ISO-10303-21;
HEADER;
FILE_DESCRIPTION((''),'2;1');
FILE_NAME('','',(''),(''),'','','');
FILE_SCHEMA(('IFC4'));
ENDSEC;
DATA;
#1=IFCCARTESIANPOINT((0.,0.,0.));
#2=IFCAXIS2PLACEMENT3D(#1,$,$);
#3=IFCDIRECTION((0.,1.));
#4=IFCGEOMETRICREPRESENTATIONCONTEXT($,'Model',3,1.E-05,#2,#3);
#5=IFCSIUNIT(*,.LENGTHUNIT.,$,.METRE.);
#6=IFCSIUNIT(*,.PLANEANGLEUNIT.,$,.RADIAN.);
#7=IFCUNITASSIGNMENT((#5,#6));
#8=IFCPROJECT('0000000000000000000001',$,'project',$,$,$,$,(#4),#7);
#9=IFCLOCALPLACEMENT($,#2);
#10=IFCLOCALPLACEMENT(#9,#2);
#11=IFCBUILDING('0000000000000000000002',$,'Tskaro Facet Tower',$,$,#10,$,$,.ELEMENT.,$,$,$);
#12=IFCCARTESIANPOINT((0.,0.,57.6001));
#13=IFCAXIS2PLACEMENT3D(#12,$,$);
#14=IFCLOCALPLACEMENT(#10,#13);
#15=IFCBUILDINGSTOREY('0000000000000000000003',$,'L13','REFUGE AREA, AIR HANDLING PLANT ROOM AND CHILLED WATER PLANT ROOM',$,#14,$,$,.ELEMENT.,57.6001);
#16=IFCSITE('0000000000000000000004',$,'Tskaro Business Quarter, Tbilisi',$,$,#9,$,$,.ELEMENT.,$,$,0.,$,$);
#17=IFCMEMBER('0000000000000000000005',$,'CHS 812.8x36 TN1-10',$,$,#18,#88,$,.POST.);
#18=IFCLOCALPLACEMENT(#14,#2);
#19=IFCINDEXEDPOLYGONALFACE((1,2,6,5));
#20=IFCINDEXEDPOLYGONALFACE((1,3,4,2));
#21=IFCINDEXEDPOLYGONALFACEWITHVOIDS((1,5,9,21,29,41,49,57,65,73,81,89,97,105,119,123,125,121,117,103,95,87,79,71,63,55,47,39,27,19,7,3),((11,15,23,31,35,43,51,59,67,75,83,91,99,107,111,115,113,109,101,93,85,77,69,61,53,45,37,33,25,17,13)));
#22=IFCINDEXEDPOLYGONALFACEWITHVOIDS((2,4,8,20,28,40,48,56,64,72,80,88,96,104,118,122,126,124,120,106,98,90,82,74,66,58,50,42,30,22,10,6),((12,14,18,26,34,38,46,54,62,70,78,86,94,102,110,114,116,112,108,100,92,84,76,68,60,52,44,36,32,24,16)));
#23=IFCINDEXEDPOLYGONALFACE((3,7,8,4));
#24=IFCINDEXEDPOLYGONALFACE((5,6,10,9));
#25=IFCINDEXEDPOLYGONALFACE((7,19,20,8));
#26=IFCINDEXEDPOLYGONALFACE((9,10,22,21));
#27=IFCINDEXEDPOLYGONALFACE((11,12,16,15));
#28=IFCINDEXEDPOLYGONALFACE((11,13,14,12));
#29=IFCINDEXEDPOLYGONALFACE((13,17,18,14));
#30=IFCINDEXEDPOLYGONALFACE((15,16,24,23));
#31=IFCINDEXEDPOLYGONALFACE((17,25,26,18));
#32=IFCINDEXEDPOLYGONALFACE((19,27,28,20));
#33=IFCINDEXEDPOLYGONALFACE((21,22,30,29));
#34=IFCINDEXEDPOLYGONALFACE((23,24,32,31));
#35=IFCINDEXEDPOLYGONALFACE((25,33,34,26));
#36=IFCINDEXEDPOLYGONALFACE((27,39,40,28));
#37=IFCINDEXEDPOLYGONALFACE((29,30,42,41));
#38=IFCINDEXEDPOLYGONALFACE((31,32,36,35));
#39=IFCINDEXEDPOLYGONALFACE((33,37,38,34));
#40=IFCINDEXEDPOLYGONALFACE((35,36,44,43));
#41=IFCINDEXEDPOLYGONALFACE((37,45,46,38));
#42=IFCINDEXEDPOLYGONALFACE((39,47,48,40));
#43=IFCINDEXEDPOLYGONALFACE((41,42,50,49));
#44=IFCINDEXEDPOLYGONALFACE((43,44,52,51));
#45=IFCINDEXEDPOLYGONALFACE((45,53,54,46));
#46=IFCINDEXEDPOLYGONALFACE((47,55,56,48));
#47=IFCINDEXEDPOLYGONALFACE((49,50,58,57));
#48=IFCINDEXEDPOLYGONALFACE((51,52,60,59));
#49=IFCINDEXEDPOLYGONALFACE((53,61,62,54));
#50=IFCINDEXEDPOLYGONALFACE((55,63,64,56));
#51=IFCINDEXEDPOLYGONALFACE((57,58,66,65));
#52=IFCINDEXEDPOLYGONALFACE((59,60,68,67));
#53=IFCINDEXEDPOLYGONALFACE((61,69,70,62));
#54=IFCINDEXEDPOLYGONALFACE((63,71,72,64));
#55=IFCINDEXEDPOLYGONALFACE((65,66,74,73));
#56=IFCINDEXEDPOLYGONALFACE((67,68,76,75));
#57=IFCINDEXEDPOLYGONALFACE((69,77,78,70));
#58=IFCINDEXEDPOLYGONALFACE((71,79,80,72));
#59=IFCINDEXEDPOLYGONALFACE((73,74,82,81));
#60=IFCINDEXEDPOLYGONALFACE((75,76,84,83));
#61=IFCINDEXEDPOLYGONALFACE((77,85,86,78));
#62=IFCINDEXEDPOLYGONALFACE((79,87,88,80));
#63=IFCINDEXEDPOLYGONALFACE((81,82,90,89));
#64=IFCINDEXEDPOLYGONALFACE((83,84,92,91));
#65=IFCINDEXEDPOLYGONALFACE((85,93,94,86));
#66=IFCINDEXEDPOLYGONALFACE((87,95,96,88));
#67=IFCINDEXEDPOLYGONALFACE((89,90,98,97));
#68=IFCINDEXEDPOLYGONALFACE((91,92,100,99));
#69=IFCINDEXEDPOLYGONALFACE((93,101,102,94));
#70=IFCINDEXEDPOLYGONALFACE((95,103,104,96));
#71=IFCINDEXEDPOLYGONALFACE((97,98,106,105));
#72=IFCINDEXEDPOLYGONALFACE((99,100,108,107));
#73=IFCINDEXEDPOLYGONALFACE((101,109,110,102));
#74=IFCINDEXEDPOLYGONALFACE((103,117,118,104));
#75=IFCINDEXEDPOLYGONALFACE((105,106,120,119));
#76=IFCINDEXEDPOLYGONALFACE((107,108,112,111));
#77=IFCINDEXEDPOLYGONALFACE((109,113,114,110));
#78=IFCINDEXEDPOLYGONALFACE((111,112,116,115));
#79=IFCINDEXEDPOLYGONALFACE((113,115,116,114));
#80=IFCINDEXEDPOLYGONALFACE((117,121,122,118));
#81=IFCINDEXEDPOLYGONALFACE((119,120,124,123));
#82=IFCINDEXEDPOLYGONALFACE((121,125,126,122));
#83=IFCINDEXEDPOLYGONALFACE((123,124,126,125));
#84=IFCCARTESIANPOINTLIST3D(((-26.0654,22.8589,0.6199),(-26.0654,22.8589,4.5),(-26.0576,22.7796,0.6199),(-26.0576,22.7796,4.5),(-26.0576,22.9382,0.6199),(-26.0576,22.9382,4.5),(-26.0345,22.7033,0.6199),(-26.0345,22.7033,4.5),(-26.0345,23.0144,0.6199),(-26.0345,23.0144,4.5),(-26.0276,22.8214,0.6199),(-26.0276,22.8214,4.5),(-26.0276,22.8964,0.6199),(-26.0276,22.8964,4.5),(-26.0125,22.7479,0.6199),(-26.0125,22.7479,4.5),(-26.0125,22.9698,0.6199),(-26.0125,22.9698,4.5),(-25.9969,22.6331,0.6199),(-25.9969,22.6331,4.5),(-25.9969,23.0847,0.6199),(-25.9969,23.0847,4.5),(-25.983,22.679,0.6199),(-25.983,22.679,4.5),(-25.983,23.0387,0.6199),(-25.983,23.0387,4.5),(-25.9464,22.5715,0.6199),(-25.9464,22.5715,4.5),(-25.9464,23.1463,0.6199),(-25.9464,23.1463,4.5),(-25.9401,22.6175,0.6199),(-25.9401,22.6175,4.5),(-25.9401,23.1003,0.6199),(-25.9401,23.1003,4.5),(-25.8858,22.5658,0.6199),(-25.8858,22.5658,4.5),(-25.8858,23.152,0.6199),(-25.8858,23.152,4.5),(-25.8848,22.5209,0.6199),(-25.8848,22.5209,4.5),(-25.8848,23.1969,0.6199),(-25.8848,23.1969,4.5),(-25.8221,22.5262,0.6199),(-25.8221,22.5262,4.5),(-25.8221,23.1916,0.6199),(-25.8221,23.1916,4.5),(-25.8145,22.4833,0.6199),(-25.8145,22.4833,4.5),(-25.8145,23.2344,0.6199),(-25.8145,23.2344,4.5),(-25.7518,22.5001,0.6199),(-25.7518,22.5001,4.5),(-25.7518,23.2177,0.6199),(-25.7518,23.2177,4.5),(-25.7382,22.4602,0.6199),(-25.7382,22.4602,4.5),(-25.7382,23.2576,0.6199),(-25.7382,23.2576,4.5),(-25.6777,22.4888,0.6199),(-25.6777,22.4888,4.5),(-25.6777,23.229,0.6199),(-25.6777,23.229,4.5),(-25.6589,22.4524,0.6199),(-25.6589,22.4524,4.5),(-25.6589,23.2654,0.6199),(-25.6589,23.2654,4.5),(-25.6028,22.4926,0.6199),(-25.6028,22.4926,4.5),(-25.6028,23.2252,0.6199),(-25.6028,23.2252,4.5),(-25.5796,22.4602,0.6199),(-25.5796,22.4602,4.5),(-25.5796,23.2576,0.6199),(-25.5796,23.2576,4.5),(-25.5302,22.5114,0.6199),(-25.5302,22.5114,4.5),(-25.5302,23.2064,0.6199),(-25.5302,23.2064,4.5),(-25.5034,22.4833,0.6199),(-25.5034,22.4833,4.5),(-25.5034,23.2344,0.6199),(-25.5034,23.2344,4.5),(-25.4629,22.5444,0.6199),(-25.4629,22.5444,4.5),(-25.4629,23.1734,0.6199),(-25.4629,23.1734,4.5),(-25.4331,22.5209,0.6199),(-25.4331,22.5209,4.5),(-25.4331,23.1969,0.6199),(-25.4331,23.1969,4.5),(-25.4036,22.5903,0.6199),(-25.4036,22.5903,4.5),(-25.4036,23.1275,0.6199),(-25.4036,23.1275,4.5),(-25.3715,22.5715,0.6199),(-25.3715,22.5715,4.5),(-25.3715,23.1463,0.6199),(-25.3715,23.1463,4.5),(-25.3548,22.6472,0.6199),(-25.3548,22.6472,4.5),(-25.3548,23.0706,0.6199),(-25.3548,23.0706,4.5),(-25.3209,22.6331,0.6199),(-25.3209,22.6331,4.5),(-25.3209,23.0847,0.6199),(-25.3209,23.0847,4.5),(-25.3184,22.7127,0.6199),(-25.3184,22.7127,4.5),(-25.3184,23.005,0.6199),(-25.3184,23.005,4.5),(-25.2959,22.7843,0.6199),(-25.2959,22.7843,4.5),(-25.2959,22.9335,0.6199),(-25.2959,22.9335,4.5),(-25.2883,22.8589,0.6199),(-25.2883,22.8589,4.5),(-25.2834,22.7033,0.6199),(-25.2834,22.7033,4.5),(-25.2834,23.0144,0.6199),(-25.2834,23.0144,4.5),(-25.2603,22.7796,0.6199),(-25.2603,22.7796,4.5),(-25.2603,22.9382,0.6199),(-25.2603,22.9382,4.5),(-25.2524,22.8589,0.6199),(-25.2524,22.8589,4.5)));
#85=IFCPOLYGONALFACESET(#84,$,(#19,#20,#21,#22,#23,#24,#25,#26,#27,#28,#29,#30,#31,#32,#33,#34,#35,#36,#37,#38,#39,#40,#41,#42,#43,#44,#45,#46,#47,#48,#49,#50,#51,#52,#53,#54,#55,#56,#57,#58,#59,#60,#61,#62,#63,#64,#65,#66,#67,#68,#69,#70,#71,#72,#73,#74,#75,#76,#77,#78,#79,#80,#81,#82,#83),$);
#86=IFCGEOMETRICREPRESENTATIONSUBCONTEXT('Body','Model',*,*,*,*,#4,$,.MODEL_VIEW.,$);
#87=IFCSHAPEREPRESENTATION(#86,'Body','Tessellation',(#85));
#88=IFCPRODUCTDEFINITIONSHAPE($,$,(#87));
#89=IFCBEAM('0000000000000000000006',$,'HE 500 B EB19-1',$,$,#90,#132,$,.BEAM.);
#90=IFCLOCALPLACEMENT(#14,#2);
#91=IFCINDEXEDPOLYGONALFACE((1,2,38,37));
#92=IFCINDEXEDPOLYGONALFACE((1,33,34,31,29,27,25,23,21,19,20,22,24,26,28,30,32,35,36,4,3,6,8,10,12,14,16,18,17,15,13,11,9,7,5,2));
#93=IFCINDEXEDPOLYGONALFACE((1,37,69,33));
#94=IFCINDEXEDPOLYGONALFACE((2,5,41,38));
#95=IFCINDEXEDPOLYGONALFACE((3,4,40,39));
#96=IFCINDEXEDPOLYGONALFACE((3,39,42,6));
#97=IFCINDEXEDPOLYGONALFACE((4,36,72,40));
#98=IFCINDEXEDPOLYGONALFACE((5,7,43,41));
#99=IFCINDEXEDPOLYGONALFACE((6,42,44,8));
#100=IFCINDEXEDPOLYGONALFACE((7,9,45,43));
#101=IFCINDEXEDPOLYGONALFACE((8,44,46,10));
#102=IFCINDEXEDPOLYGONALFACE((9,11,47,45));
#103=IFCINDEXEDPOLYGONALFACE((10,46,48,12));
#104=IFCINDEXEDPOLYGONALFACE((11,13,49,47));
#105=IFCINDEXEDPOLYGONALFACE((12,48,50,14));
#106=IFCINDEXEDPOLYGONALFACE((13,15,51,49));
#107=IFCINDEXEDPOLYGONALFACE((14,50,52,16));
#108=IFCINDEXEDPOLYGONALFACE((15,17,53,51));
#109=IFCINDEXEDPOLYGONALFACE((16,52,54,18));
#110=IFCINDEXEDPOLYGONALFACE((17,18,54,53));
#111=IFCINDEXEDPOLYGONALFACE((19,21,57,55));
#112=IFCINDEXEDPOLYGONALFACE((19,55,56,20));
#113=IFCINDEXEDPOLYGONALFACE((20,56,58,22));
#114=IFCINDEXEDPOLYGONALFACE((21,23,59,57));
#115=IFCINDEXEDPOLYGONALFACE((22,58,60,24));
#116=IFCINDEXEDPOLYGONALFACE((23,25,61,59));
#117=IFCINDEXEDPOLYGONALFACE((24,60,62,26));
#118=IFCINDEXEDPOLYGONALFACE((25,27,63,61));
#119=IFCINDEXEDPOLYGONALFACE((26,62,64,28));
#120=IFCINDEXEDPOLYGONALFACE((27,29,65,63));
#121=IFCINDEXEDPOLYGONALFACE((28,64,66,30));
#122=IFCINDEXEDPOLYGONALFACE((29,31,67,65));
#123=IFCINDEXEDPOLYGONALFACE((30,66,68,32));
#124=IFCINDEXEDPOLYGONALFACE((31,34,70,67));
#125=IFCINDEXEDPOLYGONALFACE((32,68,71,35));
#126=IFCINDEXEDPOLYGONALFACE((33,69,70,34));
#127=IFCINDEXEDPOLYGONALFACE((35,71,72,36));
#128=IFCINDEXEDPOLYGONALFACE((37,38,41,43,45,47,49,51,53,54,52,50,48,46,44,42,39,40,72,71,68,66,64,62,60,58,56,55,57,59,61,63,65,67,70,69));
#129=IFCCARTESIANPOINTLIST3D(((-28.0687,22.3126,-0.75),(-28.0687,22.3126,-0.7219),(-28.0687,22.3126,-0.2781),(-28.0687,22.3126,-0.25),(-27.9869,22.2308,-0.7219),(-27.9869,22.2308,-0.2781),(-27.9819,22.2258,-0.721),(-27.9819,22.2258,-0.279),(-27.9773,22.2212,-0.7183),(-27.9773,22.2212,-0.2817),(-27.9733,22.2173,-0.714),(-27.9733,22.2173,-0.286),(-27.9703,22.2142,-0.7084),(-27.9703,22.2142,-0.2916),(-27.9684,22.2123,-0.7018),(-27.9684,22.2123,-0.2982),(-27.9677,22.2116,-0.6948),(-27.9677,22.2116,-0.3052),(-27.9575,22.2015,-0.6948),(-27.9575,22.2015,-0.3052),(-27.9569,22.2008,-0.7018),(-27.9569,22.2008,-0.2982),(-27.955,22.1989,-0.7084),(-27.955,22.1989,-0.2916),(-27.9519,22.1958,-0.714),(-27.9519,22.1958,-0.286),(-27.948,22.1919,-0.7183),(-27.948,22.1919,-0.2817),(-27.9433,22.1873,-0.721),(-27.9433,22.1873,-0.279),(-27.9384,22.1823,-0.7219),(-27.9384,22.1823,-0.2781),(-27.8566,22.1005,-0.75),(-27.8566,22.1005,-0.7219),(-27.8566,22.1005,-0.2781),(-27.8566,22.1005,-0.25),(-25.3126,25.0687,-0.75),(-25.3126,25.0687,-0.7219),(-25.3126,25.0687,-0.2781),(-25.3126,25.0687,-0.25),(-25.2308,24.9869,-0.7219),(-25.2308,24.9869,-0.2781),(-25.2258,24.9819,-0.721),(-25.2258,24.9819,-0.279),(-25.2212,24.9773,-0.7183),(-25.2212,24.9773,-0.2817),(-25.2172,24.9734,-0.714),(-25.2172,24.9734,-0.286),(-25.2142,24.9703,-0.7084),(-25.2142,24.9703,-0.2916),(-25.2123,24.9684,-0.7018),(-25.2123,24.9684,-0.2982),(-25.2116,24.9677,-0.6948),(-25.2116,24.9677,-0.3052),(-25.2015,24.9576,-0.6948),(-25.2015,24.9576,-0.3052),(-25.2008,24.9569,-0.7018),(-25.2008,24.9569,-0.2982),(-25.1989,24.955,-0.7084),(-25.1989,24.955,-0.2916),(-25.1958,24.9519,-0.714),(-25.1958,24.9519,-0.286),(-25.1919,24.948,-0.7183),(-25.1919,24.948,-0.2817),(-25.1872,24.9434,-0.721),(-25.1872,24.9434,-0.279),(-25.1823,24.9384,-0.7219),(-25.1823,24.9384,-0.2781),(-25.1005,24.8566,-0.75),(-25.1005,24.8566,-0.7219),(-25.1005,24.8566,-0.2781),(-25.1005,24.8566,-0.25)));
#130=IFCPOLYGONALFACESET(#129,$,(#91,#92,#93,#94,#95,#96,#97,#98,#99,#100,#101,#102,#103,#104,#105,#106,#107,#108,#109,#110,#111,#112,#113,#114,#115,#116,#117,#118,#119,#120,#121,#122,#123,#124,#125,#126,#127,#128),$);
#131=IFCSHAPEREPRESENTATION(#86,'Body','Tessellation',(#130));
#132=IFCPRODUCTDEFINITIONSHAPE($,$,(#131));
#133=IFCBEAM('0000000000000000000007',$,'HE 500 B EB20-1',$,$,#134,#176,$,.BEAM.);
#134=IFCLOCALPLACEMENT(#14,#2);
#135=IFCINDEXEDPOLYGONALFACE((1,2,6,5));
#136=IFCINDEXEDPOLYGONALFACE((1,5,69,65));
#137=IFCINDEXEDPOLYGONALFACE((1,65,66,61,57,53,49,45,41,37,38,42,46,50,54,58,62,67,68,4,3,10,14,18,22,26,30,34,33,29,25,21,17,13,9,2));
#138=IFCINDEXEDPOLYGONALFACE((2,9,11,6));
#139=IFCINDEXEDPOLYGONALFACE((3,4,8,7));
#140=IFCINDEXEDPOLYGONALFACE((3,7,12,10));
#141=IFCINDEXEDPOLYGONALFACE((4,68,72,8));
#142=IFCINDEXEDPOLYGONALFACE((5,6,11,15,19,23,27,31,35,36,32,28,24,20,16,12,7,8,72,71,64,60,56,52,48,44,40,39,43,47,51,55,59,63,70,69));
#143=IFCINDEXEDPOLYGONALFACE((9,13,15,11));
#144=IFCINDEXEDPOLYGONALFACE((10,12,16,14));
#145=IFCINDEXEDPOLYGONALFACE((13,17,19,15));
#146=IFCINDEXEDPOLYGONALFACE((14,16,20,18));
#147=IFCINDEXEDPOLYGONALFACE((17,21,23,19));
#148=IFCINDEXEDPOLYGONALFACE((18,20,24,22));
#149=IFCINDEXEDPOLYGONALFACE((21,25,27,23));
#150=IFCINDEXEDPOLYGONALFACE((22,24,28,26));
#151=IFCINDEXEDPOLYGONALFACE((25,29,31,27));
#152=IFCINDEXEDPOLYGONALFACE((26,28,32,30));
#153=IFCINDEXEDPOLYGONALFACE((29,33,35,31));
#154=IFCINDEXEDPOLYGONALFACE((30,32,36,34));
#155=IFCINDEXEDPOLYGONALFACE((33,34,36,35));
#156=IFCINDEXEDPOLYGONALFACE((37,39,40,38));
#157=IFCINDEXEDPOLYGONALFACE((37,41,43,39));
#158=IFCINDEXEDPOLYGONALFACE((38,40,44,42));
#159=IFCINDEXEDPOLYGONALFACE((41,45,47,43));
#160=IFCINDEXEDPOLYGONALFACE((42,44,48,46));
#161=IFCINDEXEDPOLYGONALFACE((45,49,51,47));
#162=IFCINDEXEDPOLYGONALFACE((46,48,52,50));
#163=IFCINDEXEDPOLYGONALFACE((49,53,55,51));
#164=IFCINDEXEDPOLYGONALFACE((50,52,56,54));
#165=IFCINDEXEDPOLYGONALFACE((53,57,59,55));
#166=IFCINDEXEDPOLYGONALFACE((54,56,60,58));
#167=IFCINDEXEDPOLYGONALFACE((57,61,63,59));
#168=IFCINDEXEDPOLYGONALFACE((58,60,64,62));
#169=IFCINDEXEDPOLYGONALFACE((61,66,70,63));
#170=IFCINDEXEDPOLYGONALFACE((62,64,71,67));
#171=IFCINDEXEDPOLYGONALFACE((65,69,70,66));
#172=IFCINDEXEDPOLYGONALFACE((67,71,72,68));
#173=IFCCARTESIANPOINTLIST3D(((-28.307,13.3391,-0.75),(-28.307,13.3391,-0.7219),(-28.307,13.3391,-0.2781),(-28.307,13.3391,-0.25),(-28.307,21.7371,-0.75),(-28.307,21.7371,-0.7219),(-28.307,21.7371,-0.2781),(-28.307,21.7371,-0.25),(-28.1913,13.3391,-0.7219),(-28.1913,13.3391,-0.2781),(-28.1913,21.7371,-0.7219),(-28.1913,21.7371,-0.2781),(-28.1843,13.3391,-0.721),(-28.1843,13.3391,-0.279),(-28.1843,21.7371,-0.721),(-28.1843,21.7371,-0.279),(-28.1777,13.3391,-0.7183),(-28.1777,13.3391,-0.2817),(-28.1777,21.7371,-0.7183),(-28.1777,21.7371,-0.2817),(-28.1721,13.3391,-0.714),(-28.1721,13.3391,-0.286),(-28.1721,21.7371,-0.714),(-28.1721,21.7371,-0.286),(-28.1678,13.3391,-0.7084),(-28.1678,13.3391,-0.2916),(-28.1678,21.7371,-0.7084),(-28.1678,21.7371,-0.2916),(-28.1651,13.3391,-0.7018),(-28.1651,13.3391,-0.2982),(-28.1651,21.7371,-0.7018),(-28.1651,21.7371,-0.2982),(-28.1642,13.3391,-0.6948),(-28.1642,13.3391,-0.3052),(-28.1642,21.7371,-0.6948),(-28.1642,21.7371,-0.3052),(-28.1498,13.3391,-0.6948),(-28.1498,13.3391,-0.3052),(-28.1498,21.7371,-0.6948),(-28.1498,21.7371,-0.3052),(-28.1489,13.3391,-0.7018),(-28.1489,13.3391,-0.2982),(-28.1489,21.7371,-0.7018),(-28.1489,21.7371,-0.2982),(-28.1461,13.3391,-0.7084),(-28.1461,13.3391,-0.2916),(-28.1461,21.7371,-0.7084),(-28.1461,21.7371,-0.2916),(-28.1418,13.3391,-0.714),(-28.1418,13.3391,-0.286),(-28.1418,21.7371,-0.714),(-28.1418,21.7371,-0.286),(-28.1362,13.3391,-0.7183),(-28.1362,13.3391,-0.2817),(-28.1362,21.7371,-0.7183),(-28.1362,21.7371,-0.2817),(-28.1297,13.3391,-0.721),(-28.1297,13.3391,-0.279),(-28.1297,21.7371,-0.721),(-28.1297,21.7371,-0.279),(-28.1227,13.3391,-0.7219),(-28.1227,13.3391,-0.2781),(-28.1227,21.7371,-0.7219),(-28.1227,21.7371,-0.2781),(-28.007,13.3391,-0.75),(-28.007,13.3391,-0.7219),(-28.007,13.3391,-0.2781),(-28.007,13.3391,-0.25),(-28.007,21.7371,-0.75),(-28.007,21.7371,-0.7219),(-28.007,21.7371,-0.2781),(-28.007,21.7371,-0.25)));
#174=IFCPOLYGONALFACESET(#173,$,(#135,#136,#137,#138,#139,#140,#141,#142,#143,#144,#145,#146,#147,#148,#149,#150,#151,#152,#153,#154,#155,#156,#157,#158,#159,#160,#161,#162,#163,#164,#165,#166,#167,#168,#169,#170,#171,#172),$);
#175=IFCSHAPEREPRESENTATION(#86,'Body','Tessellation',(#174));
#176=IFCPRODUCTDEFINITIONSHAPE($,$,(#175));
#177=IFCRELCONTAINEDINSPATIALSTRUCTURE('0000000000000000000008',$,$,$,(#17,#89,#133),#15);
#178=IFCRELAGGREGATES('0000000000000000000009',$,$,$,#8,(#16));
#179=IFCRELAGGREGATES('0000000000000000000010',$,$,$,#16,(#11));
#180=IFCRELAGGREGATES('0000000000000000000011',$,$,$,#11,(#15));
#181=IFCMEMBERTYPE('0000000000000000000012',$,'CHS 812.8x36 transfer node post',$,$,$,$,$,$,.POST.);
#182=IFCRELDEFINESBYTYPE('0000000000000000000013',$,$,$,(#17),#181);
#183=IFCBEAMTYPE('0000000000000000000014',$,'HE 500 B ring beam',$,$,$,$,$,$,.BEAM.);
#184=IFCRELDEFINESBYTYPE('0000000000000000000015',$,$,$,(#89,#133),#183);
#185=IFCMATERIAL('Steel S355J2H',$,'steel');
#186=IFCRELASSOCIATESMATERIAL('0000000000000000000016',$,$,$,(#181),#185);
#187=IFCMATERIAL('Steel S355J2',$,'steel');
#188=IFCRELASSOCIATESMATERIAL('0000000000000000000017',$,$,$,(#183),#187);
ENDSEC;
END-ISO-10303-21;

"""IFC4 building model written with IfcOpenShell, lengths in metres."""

from ifc_helpers import new_model, si_unit, direction, frame, origin, origin_2d, place, context, subcontext, project, spatial, hollow_circle, i_section, extrude, material, material_profile, profile_set, type_object, element, save


model = new_model("IFC4")

# Units and contexts
model_context = context("Model", 3, precision=1e-05, world=origin(), true_north=direction((0.0, 1.0)))
body_context = subcontext(model_context, "Body", "Model", "MODEL_VIEW")
ifc_project = project(units=[si_unit("LENGTHUNIT", "METRE"), si_unit("PLANEANGLEUNIT", "RADIAN")], contexts=[model_context])

# Site, building, storey
site_placement = place(None, origin())
site = spatial("IfcSite", under=ifc_project, at=site_placement, Name="Tskaro Business Quarter, Tbilisi", CompositionType="ELEMENT", RefElevation=0.0)
building_placement = place(site_placement, origin())
building = spatial("IfcBuilding", under=site, at=building_placement, Name="Tskaro Facet Tower", CompositionType="ELEMENT")
storey_placement = place(building_placement, frame((0.0, 0.0, 57.6001)))
storey = spatial("IfcBuildingStorey", under=building, at=storey_placement, Name="L13", Description="REFUGE AREA, AIR HANDLING PLANT ROOM AND CHILLED WATER PLANT ROOM", CompositionType="ELEMENT", Elevation=57.6001)

# Shared definitions
ifc_material_1 = material(Name="Steel S355J2H", Category="steel")

# Shared definitions
ifc_material_2 = material(Name="Steel S355J2", Category="steel")

# Member
ifc_material_profile_1 = material_profile(ifc_material_1, hollow_circle(Radius=0.4065, WallThickness=0.0359, at=origin_2d()), Name="CHS 812.8x36")
ifc_profile_set_1 = profile_set([ifc_material_profile_1], Name="Steel S355J2H")
member_type_1 = type_object("IfcMemberType", Name="CHS 812.8x36 transfer node post", PredefinedType="POST", material=ifc_profile_set_1)
member_1_placement = place(storey_placement, frame((-25.6589, 22.8589, 0.6199), z_axis=(0.0, 0.0, 1.0), x_axis=(1.0, 0.0, 0.0)))
element("IfcMember", 1, at=member_1_placement, inside=storey, type_object=member_type_1, Name="CHS 812.8x36 TN1-10", PredefinedType="POST", context=body_context, shape_type="SweptSolid", body=[
    extrude(hollow_circle(Radius=0.4065, WallThickness=0.0359, at=origin_2d()), origin(), (0.0, 0.0, 1.0), 3.8801),
])

# Beams
ifc_material_profile_2 = material_profile(ifc_material_2, i_section(OverallWidth=0.3, OverallDepth=0.5, WebThickness=0.0144, FlangeThickness=0.0281, FilletRadius=0.0271, at=origin_2d()), Name="HE 500 B")
ifc_profile_set_2 = profile_set([ifc_material_profile_2], Name="Steel S355J2")
beam_type_1 = type_object("IfcBeamType", Name="HE 500 B ring beam", PredefinedType="BEAM", material=ifc_profile_set_2)
beam_1_placement = place(storey_placement, frame((-25.2065, 24.9626, -0.5), z_axis=(-0.707107, -0.707107, 0.0), x_axis=(0.707107, -0.707107, 0.0)))
element("IfcBeam", 2, at=beam_1_placement, inside=storey, type_object=beam_type_1, Name="HE 500 B EB19-1", PredefinedType="BEAM", context=body_context, shape_type="SweptSolid", body=[
    extrude(i_section(OverallWidth=0.3, OverallDepth=0.5, WebThickness=0.0144, FlangeThickness=0.0281, FilletRadius=0.0271, at=origin_2d()), origin(), (0.0, 0.0, 1.0), 3.8977),
])
beam_2_placement = place(storey_placement, frame((-28.157, 21.7371, -0.5), z_axis=(0.0, -1.0, 0.0), x_axis=(1.0, 0.0, 0.0)))
element("IfcBeam", 3, at=beam_2_placement, inside=storey, type_object=beam_type_1, Name="HE 500 B EB20-1", PredefinedType="BEAM", context=body_context, shape_type="SweptSolid", body=[
    extrude(i_section(OverallWidth=0.3, OverallDepth=0.5, WebThickness=0.0144, FlangeThickness=0.0281, FilletRadius=0.0271, at=origin_2d()), origin(), (0.0, 0.0, 1.0), 8.3979),
])

save(model, "model.ifc")
